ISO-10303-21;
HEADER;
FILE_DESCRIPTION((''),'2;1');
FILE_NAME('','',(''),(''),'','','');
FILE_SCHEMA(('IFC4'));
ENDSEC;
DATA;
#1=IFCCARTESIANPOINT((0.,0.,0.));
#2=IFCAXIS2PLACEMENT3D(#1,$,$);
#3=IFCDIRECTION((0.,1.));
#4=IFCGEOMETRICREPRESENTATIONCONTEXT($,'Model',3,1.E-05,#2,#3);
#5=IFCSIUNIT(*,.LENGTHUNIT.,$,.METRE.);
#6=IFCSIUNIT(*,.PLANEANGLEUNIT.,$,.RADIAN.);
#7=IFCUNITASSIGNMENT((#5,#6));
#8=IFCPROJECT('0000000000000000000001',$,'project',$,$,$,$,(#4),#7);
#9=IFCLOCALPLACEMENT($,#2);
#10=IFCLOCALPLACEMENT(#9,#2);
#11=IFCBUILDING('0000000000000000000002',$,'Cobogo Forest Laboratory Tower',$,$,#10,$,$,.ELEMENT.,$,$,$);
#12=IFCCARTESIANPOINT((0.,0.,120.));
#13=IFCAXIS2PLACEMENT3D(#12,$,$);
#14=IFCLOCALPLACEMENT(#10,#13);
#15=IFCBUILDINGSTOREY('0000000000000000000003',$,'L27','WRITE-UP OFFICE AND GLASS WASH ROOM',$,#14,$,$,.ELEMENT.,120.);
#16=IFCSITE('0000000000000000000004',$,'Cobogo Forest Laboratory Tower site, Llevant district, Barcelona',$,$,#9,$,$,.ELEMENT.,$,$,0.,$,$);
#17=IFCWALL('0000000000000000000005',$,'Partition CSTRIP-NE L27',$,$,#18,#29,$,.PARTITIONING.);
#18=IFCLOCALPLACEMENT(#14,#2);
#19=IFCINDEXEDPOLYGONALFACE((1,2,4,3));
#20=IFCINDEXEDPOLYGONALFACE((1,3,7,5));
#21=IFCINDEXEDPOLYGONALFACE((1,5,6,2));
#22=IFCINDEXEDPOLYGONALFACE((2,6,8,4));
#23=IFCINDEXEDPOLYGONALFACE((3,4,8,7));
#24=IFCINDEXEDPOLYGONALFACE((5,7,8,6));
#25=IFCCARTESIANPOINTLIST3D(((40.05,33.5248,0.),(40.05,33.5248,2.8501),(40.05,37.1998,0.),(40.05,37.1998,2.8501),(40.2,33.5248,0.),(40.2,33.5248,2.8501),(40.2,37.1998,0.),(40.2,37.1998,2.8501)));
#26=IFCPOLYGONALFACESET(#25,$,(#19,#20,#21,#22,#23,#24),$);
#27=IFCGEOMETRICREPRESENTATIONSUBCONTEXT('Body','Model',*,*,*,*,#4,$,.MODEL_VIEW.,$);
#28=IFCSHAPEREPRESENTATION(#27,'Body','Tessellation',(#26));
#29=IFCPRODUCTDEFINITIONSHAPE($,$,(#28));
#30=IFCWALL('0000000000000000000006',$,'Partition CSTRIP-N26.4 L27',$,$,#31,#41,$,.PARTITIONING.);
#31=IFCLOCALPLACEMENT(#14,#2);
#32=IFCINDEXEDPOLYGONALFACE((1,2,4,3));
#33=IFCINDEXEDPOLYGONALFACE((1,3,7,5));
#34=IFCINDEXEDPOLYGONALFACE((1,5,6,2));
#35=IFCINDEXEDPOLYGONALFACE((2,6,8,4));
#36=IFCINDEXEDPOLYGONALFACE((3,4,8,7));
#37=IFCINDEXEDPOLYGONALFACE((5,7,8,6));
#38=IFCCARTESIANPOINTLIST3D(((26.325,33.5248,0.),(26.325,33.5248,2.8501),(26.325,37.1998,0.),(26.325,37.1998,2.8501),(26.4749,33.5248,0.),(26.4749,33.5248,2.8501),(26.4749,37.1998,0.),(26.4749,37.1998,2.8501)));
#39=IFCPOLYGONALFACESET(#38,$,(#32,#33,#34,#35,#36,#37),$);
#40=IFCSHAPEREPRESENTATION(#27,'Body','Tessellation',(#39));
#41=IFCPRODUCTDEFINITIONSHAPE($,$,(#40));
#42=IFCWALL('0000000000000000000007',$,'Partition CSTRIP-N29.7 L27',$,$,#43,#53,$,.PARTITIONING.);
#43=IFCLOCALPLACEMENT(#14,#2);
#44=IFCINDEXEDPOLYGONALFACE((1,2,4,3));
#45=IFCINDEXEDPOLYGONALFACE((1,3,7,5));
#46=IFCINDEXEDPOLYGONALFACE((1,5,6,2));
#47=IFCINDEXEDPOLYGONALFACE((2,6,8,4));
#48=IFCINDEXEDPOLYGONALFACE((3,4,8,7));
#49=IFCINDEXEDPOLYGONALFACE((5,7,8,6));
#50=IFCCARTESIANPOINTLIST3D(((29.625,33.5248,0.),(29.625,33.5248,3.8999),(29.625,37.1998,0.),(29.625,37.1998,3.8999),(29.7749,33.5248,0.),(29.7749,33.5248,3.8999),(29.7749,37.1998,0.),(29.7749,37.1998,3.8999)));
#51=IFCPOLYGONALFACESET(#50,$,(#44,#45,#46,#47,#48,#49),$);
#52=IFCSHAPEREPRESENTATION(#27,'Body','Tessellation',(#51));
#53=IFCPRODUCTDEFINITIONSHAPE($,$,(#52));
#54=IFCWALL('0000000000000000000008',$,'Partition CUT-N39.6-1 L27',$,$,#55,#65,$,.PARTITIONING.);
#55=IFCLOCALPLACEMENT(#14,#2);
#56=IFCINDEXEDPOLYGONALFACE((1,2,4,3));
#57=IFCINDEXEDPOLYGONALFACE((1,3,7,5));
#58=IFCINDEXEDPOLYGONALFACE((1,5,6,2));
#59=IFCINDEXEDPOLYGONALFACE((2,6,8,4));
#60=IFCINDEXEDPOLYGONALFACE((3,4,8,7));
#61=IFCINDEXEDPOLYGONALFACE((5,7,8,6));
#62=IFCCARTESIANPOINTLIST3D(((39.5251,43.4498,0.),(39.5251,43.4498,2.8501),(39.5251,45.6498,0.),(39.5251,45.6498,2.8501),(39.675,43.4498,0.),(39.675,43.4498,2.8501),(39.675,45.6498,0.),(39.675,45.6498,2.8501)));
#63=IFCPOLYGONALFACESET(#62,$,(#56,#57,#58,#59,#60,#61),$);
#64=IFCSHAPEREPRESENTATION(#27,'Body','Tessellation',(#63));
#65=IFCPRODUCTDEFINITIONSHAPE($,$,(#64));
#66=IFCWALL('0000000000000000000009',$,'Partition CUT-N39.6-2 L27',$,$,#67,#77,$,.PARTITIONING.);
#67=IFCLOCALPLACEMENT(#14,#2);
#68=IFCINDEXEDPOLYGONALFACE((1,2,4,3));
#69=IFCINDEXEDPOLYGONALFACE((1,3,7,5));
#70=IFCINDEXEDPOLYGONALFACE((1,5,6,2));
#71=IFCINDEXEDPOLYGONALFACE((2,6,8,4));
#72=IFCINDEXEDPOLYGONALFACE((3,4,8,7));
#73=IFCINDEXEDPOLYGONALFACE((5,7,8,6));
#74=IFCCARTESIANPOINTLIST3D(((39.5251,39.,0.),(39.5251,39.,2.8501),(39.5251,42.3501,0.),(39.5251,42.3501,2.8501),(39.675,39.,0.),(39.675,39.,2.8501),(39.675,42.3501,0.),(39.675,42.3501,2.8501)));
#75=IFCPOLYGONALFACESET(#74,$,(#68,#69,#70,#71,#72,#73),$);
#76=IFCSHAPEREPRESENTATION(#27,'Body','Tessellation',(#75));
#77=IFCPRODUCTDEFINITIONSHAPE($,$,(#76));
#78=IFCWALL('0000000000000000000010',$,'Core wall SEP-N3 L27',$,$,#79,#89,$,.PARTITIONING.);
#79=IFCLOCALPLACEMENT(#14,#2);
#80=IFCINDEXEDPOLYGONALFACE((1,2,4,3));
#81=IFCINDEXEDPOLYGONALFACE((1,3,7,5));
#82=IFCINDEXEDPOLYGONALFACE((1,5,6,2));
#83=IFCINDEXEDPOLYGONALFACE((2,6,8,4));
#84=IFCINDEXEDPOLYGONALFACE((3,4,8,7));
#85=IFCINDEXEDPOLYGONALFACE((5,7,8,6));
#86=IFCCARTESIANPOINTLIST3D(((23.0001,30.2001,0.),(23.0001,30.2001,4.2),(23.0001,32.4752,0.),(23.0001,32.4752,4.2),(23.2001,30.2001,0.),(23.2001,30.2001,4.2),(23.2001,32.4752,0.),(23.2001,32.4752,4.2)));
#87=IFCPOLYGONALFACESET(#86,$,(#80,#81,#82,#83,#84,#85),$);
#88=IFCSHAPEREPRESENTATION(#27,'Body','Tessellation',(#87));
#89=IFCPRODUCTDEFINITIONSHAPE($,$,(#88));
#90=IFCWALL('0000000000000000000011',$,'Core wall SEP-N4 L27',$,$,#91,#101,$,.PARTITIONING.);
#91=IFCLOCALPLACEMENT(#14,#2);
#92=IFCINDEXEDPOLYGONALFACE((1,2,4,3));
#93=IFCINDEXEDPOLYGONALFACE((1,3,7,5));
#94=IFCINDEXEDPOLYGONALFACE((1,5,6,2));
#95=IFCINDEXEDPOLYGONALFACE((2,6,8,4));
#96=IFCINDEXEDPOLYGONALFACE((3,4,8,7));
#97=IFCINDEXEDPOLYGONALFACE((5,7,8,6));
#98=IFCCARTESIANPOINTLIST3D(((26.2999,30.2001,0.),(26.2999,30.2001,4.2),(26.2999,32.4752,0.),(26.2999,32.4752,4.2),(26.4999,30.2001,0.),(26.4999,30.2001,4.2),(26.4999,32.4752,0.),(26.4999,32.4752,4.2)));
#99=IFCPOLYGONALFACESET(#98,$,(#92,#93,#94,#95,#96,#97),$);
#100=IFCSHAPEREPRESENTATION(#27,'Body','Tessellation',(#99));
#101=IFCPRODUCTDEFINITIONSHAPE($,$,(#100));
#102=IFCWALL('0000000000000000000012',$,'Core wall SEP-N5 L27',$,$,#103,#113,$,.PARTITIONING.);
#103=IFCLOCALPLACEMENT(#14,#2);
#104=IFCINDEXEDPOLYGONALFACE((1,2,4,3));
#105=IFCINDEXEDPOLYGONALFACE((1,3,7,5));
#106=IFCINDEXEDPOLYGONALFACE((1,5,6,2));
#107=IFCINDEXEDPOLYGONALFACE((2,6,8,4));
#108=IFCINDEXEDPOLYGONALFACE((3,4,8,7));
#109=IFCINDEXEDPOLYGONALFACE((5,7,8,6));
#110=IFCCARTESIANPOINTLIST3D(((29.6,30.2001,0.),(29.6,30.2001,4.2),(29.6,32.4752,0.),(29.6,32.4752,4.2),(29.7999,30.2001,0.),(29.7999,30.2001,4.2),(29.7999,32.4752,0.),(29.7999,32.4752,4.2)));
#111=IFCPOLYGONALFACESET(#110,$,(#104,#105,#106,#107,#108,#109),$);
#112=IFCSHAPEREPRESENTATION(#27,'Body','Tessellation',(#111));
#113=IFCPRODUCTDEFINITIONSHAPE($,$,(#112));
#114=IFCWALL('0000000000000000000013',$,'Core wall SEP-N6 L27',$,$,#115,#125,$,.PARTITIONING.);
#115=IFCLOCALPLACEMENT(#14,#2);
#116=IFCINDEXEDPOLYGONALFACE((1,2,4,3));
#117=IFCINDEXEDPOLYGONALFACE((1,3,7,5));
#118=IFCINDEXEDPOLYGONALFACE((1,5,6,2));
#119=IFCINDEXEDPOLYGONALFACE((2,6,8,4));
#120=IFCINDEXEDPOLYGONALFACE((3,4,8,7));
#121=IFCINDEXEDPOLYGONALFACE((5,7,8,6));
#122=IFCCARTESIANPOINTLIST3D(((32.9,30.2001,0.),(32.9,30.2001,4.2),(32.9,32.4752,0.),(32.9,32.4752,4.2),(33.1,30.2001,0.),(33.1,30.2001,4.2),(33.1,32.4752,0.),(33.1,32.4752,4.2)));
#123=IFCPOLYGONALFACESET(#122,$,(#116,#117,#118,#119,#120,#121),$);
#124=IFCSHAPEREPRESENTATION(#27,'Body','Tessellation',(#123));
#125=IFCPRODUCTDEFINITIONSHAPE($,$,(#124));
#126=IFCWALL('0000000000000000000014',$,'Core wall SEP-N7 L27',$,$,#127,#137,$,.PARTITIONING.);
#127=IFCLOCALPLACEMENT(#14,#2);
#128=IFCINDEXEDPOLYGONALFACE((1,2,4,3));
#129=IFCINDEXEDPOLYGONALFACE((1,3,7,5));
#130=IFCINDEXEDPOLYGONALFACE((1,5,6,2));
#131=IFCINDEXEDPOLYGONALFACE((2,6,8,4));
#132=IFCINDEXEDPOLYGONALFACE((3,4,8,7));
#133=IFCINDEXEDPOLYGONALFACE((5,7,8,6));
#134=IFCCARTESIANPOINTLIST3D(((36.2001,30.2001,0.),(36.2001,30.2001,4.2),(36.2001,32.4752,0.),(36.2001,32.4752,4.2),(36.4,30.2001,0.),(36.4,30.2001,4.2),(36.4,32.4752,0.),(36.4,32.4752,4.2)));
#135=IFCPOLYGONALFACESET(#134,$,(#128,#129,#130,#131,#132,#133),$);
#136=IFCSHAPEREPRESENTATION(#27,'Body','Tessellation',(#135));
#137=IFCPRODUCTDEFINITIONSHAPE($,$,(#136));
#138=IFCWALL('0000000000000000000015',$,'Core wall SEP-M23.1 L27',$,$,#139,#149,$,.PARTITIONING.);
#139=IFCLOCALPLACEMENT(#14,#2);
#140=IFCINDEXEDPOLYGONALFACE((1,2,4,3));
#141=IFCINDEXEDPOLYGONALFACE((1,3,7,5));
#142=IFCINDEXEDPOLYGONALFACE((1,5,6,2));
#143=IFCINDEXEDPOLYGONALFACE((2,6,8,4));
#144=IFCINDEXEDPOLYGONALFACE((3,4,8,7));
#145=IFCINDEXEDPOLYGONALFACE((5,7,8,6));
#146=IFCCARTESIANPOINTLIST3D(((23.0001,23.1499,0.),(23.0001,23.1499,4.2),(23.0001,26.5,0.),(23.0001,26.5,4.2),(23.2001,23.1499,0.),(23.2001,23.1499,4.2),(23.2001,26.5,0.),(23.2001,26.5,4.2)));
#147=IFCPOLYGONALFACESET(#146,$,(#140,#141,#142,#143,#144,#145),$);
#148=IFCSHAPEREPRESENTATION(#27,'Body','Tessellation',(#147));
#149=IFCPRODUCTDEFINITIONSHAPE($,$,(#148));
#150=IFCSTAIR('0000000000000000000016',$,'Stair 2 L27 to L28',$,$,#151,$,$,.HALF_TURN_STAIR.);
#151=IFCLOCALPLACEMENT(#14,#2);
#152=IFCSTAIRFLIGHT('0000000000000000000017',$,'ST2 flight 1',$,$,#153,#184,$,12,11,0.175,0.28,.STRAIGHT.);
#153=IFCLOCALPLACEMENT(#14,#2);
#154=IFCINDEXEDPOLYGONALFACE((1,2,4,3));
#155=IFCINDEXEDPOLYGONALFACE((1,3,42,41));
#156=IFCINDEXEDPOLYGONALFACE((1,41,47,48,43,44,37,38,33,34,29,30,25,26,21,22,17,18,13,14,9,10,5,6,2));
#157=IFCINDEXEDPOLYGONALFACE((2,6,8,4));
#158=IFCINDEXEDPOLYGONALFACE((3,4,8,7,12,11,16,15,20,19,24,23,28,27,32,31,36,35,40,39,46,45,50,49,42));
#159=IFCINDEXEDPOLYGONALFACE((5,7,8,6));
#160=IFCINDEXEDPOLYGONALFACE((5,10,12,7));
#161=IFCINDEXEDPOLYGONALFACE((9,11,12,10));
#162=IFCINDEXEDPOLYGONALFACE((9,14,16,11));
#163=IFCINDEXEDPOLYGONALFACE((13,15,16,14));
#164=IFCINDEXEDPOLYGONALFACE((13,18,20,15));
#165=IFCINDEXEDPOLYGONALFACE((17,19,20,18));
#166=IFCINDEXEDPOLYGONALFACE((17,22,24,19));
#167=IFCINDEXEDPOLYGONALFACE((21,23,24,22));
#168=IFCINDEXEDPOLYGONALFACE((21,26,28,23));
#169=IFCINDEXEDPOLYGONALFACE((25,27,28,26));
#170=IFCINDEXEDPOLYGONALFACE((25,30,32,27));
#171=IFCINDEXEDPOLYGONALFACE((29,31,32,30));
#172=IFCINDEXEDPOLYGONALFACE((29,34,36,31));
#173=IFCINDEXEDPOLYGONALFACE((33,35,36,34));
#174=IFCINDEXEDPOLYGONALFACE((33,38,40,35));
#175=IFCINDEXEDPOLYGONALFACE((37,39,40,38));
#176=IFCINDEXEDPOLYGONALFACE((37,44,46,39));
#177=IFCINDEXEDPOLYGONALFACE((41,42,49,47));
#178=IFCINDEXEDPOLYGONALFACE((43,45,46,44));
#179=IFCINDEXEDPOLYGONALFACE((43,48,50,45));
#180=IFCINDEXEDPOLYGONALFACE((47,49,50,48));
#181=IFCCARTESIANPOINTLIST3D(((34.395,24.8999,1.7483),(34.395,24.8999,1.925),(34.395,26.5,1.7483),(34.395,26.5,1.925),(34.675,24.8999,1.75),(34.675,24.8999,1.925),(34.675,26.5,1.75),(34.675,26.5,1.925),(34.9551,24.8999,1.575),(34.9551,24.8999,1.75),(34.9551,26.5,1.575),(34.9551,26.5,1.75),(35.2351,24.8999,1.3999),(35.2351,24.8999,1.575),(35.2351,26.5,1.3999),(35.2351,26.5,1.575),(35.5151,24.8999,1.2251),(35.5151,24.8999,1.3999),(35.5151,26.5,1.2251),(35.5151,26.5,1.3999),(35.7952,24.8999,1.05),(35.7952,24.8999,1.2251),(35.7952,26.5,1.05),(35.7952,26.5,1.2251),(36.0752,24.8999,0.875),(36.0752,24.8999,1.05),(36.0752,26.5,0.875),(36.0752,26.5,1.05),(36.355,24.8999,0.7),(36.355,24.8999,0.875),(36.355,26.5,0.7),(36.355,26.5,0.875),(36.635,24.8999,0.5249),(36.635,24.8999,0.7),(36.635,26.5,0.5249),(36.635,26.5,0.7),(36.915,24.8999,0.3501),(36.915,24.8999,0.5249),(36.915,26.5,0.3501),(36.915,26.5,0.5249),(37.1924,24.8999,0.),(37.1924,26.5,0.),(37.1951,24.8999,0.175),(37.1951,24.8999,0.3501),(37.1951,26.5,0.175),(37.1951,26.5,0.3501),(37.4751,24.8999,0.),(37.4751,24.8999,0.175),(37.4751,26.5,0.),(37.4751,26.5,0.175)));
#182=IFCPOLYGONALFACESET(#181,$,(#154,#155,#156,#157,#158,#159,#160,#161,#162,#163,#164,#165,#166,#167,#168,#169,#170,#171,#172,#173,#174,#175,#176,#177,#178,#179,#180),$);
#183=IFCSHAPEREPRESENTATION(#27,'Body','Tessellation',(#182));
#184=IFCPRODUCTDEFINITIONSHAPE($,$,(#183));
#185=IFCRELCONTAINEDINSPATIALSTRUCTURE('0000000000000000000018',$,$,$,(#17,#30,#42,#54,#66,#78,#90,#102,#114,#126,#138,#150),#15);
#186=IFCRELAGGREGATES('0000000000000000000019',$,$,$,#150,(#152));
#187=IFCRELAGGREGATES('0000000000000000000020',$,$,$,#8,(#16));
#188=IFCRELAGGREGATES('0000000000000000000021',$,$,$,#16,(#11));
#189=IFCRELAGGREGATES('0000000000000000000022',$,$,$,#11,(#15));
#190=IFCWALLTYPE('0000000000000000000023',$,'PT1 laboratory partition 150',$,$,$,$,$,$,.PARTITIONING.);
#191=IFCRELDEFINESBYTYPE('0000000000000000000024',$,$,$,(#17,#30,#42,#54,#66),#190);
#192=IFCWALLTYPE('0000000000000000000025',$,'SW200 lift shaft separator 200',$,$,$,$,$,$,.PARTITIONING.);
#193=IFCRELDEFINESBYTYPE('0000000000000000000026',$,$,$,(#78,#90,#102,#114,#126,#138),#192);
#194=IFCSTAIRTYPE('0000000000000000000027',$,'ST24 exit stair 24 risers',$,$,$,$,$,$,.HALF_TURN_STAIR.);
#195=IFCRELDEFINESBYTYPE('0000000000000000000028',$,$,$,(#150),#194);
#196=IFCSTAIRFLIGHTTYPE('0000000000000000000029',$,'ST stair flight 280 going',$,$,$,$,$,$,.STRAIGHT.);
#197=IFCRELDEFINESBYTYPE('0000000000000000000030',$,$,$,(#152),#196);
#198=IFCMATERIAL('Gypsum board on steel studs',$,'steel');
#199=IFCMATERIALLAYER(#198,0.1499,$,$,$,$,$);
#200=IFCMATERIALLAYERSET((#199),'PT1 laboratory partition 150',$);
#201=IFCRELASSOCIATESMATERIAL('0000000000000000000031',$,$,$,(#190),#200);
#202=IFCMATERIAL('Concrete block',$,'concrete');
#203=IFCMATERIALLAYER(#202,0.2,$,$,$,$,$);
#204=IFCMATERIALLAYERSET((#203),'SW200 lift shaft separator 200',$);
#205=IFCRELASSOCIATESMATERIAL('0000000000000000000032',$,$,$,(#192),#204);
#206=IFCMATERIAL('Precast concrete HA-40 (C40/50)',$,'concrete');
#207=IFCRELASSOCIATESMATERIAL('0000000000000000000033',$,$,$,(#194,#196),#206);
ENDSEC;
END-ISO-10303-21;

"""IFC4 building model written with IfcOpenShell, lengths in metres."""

from ifc_helpers import new_model, si_unit, direction, frame, frame_2d, origin, place, context, subcontext, project, spatial, polyline, rectangle, outline, extrude, material, layer, layer_set, type_object, element, aggregate, save


model = new_model("IFC4")

# Units and contexts
model_context = context("Model", 3, precision=1e-05, world=origin(), true_north=direction((0.0, 1.0)))
body_context = subcontext(model_context, "Body", "Model", "MODEL_VIEW")
ifc_project = project(units=[si_unit("LENGTHUNIT", "METRE"), si_unit("PLANEANGLEUNIT", "RADIAN")], contexts=[model_context])

# Site, building, storey
site_placement = place(None, origin())
site = spatial("IfcSite", under=ifc_project, at=site_placement, Name="Cobogo Forest Laboratory Tower site, Llevant district, Barcelona", CompositionType="ELEMENT", RefElevation=0.0)
building_placement = place(site_placement, origin())
building = spatial("IfcBuilding", under=site, at=building_placement, Name="Cobogo Forest Laboratory Tower", CompositionType="ELEMENT")
storey_placement = place(building_placement, frame((0.0, 0.0, 120.0)))
storey = spatial("IfcBuildingStorey", under=building, at=storey_placement, Name="L27", Description="WRITE-UP OFFICE AND GLASS WASH ROOM", CompositionType="ELEMENT", Elevation=120.0)

# Walls
ifc_material_1 = material(Name="Gypsum board on steel studs", Category="steel")
ifc_layer_1 = layer(ifc_material_1, 0.1499)
ifc_layer_set_1 = layer_set([ifc_layer_1], Name="PT1 laboratory partition 150")
wall_type_1 = type_object("IfcWallType", Name="PT1 laboratory partition 150", PredefinedType="PARTITIONING", material=ifc_layer_set_1)
for number, where, z_axis, x_axis, name in (
    (1, (40.125, 33.5249, 0.0), (0.0, 0.0, 1.0), (0.0, 1.0, 0.0), "Partition CSTRIP-NE L27"),
    (2, (26.3999, 33.5249, 0.0), (0.0, 0.0, 1.0), (0.0, 1.0, 0.0), "Partition CSTRIP-N26.4 L27"),
):
    element("IfcWall", number, at=place(storey_placement, frame(where, z_axis=z_axis, x_axis=x_axis)), inside=storey, type_object=wall_type_1, Name=name, PredefinedType="PARTITIONING", context=body_context, shape_type="SweptSolid", body=[
        extrude(rectangle(XDim=3.675, YDim=0.1499, at=frame_2d((1.8374, 0.0))), origin(), (0.0, 0.0, 1.0), 2.8501),
    ])
wall_1_placement = place(storey_placement, frame((29.7, 33.5249, 0.0), z_axis=(0.0, 0.0, 1.0), x_axis=(0.0, 1.0, 0.0)))
element("IfcWall", 3, at=wall_1_placement, inside=storey, type_object=wall_type_1, Name="Partition CSTRIP-N29.7 L27", PredefinedType="PARTITIONING", context=body_context, shape_type="SweptSolid", body=[
    extrude(rectangle(XDim=3.675, YDim=0.1499, at=frame_2d((1.8374, 0.0))), origin(), (0.0, 0.0, 1.0), 3.8999),
])
wall_2_placement = place(storey_placement, frame((39.6001, 45.6499, 0.0), z_axis=(0.0, 0.0, 1.0), x_axis=(0.0, -1.0, 0.0)))
element("IfcWall", 4, at=wall_2_placement, inside=storey, type_object=wall_type_1, Name="Partition CUT-N39.6-1 L27", PredefinedType="PARTITIONING", context=body_context, shape_type="SweptSolid", body=[
    extrude(rectangle(XDim=2.2, YDim=0.1499, at=frame_2d((1.1001, 0.0))), origin(), (0.0, 0.0, 1.0), 2.8501),
])
wall_3_placement = place(storey_placement, frame((39.6001, 42.3501, 0.0), z_axis=(0.0, 0.0, 1.0), x_axis=(0.0, -1.0, 0.0)))
element("IfcWall", 5, at=wall_3_placement, inside=storey, type_object=wall_type_1, Name="Partition CUT-N39.6-2 L27", PredefinedType="PARTITIONING", context=body_context, shape_type="SweptSolid", body=[
    extrude(rectangle(XDim=3.3501, YDim=0.1499, at=frame_2d((1.675, 0.0))), origin(), (0.0, 0.0, 1.0), 2.8501),
])
ifc_material_2 = material(Name="Concrete block", Category="concrete")
ifc_layer_2 = layer(ifc_material_2, 0.2)
ifc_layer_set_2 = layer_set([ifc_layer_2], Name="SW200 lift shaft separator 200")
wall_type_2 = type_object("IfcWallType", Name="SW200 lift shaft separator 200", PredefinedType="PARTITIONING", material=ifc_layer_set_2)
for number, where, z_axis, x_axis, name in (
    (6, (23.1001, 30.2, 0.0), (0.0, 0.0, 1.0), (0.0, 1.0, 0.0), "Core wall SEP-N3 L27"),
    (7, (26.3999, 30.2, 0.0), (0.0, 0.0, 1.0), (0.0, 1.0, 0.0), "Core wall SEP-N4 L27"),
    (8, (29.7, 30.2, 0.0), (0.0, 0.0, 1.0), (0.0, 1.0, 0.0), "Core wall SEP-N5 L27"),
    (9, (33.0, 30.2, 0.0), (0.0, 0.0, 1.0), (0.0, 1.0, 0.0), "Core wall SEP-N6 L27"),
    (10, (36.3, 30.2, 0.0), (0.0, 0.0, 1.0), (0.0, 1.0, 0.0), "Core wall SEP-N7 L27"),
):
    element("IfcWall", number, at=place(storey_placement, frame(where, z_axis=z_axis, x_axis=x_axis)), inside=storey, type_object=wall_type_2, Name=name, PredefinedType="PARTITIONING", context=body_context, shape_type="SweptSolid", body=[
        extrude(rectangle(XDim=2.2751, YDim=0.2, at=frame_2d((1.1377, 0.0))), origin(), (0.0, 0.0, 1.0), 4.2),
    ])
wall_4_placement = place(storey_placement, frame((23.1001, 23.1499, 0.0), z_axis=(0.0, 0.0, 1.0), x_axis=(0.0, 1.0, 0.0)))
element("IfcWall", 11, at=wall_4_placement, inside=storey, type_object=wall_type_2, Name="Core wall SEP-M23.1 L27", PredefinedType="PARTITIONING", context=body_context, shape_type="SweptSolid", body=[
    extrude(rectangle(XDim=3.3501, YDim=0.2, at=frame_2d((1.675, 0.0))), origin(), (0.0, 0.0, 1.0), 4.2),
])

# Stair, stair flight
ifc_material_3 = material(Name="Precast concrete HA-40 (C40/50)", Category="concrete")
stair_type = type_object("IfcStairType", Name="ST24 exit stair 24 risers", PredefinedType="HALF_TURN_STAIR", material=ifc_material_3)
stair_placement = place(storey_placement, origin())
stair = element("IfcStair", 12, at=stair_placement, inside=storey, type_object=stair_type, Name="Stair 2 L27 to L28", PredefinedType="HALF_TURN_STAIR")
stair_flight_type = type_object("IfcStairFlightType", Name="ST stair flight 280 going", PredefinedType="STRAIGHT", material=ifc_material_3)
stair_flight_1_placement = place(storey_placement, frame((37.4751, 25.7, 0.0), z_axis=(0.0, 0.0, 1.0), x_axis=(-1.0, 0.0, 0.0)))
stair_flight_1 = element("IfcStairFlight", 13, at=stair_flight_1_placement, type_object=stair_flight_type, Name="ST2 flight 1", NumberOfRisers=12, NumberOfTreads=11, PredefinedType="STRAIGHT", RiserHeight=0.175, TreadLength=0.28, context=body_context, shape_type="SweptSolid", body=[
    extrude(outline(polyline([(0.0, 0.0), (0.0, 0.175), (0.28, 0.175), (0.28, 0.3501), (0.5601, 0.3501), (0.5601, 0.5249), (0.8401, 0.5249), (0.8401, 0.7), (1.1201, 0.7), (1.1201, 0.875), (1.3999, 0.875), (1.3999, 1.05), (1.6799, 1.05), (1.6799, 1.2251), (1.96, 1.2251), (1.96, 1.3999), (2.24, 1.3999), (2.24, 1.575), (2.52, 1.575), (2.52, 1.75), (2.8, 1.75), (2.8, 1.925), (3.0801, 1.925), (3.0801, 2.1001), (3.0801, 1.7483), (0.2827, 0.0), (0.0, 0.0)])), frame((0.0, 0.8, 0.0), z_axis=(0.0, -1.0, 0.0), x_axis=(1.0, 0.0, 0.0)), (0.0, 0.0, 1.0), 1.6001),
])
aggregate(stair, [stair_flight_1])

save(model, "model.ifc")
